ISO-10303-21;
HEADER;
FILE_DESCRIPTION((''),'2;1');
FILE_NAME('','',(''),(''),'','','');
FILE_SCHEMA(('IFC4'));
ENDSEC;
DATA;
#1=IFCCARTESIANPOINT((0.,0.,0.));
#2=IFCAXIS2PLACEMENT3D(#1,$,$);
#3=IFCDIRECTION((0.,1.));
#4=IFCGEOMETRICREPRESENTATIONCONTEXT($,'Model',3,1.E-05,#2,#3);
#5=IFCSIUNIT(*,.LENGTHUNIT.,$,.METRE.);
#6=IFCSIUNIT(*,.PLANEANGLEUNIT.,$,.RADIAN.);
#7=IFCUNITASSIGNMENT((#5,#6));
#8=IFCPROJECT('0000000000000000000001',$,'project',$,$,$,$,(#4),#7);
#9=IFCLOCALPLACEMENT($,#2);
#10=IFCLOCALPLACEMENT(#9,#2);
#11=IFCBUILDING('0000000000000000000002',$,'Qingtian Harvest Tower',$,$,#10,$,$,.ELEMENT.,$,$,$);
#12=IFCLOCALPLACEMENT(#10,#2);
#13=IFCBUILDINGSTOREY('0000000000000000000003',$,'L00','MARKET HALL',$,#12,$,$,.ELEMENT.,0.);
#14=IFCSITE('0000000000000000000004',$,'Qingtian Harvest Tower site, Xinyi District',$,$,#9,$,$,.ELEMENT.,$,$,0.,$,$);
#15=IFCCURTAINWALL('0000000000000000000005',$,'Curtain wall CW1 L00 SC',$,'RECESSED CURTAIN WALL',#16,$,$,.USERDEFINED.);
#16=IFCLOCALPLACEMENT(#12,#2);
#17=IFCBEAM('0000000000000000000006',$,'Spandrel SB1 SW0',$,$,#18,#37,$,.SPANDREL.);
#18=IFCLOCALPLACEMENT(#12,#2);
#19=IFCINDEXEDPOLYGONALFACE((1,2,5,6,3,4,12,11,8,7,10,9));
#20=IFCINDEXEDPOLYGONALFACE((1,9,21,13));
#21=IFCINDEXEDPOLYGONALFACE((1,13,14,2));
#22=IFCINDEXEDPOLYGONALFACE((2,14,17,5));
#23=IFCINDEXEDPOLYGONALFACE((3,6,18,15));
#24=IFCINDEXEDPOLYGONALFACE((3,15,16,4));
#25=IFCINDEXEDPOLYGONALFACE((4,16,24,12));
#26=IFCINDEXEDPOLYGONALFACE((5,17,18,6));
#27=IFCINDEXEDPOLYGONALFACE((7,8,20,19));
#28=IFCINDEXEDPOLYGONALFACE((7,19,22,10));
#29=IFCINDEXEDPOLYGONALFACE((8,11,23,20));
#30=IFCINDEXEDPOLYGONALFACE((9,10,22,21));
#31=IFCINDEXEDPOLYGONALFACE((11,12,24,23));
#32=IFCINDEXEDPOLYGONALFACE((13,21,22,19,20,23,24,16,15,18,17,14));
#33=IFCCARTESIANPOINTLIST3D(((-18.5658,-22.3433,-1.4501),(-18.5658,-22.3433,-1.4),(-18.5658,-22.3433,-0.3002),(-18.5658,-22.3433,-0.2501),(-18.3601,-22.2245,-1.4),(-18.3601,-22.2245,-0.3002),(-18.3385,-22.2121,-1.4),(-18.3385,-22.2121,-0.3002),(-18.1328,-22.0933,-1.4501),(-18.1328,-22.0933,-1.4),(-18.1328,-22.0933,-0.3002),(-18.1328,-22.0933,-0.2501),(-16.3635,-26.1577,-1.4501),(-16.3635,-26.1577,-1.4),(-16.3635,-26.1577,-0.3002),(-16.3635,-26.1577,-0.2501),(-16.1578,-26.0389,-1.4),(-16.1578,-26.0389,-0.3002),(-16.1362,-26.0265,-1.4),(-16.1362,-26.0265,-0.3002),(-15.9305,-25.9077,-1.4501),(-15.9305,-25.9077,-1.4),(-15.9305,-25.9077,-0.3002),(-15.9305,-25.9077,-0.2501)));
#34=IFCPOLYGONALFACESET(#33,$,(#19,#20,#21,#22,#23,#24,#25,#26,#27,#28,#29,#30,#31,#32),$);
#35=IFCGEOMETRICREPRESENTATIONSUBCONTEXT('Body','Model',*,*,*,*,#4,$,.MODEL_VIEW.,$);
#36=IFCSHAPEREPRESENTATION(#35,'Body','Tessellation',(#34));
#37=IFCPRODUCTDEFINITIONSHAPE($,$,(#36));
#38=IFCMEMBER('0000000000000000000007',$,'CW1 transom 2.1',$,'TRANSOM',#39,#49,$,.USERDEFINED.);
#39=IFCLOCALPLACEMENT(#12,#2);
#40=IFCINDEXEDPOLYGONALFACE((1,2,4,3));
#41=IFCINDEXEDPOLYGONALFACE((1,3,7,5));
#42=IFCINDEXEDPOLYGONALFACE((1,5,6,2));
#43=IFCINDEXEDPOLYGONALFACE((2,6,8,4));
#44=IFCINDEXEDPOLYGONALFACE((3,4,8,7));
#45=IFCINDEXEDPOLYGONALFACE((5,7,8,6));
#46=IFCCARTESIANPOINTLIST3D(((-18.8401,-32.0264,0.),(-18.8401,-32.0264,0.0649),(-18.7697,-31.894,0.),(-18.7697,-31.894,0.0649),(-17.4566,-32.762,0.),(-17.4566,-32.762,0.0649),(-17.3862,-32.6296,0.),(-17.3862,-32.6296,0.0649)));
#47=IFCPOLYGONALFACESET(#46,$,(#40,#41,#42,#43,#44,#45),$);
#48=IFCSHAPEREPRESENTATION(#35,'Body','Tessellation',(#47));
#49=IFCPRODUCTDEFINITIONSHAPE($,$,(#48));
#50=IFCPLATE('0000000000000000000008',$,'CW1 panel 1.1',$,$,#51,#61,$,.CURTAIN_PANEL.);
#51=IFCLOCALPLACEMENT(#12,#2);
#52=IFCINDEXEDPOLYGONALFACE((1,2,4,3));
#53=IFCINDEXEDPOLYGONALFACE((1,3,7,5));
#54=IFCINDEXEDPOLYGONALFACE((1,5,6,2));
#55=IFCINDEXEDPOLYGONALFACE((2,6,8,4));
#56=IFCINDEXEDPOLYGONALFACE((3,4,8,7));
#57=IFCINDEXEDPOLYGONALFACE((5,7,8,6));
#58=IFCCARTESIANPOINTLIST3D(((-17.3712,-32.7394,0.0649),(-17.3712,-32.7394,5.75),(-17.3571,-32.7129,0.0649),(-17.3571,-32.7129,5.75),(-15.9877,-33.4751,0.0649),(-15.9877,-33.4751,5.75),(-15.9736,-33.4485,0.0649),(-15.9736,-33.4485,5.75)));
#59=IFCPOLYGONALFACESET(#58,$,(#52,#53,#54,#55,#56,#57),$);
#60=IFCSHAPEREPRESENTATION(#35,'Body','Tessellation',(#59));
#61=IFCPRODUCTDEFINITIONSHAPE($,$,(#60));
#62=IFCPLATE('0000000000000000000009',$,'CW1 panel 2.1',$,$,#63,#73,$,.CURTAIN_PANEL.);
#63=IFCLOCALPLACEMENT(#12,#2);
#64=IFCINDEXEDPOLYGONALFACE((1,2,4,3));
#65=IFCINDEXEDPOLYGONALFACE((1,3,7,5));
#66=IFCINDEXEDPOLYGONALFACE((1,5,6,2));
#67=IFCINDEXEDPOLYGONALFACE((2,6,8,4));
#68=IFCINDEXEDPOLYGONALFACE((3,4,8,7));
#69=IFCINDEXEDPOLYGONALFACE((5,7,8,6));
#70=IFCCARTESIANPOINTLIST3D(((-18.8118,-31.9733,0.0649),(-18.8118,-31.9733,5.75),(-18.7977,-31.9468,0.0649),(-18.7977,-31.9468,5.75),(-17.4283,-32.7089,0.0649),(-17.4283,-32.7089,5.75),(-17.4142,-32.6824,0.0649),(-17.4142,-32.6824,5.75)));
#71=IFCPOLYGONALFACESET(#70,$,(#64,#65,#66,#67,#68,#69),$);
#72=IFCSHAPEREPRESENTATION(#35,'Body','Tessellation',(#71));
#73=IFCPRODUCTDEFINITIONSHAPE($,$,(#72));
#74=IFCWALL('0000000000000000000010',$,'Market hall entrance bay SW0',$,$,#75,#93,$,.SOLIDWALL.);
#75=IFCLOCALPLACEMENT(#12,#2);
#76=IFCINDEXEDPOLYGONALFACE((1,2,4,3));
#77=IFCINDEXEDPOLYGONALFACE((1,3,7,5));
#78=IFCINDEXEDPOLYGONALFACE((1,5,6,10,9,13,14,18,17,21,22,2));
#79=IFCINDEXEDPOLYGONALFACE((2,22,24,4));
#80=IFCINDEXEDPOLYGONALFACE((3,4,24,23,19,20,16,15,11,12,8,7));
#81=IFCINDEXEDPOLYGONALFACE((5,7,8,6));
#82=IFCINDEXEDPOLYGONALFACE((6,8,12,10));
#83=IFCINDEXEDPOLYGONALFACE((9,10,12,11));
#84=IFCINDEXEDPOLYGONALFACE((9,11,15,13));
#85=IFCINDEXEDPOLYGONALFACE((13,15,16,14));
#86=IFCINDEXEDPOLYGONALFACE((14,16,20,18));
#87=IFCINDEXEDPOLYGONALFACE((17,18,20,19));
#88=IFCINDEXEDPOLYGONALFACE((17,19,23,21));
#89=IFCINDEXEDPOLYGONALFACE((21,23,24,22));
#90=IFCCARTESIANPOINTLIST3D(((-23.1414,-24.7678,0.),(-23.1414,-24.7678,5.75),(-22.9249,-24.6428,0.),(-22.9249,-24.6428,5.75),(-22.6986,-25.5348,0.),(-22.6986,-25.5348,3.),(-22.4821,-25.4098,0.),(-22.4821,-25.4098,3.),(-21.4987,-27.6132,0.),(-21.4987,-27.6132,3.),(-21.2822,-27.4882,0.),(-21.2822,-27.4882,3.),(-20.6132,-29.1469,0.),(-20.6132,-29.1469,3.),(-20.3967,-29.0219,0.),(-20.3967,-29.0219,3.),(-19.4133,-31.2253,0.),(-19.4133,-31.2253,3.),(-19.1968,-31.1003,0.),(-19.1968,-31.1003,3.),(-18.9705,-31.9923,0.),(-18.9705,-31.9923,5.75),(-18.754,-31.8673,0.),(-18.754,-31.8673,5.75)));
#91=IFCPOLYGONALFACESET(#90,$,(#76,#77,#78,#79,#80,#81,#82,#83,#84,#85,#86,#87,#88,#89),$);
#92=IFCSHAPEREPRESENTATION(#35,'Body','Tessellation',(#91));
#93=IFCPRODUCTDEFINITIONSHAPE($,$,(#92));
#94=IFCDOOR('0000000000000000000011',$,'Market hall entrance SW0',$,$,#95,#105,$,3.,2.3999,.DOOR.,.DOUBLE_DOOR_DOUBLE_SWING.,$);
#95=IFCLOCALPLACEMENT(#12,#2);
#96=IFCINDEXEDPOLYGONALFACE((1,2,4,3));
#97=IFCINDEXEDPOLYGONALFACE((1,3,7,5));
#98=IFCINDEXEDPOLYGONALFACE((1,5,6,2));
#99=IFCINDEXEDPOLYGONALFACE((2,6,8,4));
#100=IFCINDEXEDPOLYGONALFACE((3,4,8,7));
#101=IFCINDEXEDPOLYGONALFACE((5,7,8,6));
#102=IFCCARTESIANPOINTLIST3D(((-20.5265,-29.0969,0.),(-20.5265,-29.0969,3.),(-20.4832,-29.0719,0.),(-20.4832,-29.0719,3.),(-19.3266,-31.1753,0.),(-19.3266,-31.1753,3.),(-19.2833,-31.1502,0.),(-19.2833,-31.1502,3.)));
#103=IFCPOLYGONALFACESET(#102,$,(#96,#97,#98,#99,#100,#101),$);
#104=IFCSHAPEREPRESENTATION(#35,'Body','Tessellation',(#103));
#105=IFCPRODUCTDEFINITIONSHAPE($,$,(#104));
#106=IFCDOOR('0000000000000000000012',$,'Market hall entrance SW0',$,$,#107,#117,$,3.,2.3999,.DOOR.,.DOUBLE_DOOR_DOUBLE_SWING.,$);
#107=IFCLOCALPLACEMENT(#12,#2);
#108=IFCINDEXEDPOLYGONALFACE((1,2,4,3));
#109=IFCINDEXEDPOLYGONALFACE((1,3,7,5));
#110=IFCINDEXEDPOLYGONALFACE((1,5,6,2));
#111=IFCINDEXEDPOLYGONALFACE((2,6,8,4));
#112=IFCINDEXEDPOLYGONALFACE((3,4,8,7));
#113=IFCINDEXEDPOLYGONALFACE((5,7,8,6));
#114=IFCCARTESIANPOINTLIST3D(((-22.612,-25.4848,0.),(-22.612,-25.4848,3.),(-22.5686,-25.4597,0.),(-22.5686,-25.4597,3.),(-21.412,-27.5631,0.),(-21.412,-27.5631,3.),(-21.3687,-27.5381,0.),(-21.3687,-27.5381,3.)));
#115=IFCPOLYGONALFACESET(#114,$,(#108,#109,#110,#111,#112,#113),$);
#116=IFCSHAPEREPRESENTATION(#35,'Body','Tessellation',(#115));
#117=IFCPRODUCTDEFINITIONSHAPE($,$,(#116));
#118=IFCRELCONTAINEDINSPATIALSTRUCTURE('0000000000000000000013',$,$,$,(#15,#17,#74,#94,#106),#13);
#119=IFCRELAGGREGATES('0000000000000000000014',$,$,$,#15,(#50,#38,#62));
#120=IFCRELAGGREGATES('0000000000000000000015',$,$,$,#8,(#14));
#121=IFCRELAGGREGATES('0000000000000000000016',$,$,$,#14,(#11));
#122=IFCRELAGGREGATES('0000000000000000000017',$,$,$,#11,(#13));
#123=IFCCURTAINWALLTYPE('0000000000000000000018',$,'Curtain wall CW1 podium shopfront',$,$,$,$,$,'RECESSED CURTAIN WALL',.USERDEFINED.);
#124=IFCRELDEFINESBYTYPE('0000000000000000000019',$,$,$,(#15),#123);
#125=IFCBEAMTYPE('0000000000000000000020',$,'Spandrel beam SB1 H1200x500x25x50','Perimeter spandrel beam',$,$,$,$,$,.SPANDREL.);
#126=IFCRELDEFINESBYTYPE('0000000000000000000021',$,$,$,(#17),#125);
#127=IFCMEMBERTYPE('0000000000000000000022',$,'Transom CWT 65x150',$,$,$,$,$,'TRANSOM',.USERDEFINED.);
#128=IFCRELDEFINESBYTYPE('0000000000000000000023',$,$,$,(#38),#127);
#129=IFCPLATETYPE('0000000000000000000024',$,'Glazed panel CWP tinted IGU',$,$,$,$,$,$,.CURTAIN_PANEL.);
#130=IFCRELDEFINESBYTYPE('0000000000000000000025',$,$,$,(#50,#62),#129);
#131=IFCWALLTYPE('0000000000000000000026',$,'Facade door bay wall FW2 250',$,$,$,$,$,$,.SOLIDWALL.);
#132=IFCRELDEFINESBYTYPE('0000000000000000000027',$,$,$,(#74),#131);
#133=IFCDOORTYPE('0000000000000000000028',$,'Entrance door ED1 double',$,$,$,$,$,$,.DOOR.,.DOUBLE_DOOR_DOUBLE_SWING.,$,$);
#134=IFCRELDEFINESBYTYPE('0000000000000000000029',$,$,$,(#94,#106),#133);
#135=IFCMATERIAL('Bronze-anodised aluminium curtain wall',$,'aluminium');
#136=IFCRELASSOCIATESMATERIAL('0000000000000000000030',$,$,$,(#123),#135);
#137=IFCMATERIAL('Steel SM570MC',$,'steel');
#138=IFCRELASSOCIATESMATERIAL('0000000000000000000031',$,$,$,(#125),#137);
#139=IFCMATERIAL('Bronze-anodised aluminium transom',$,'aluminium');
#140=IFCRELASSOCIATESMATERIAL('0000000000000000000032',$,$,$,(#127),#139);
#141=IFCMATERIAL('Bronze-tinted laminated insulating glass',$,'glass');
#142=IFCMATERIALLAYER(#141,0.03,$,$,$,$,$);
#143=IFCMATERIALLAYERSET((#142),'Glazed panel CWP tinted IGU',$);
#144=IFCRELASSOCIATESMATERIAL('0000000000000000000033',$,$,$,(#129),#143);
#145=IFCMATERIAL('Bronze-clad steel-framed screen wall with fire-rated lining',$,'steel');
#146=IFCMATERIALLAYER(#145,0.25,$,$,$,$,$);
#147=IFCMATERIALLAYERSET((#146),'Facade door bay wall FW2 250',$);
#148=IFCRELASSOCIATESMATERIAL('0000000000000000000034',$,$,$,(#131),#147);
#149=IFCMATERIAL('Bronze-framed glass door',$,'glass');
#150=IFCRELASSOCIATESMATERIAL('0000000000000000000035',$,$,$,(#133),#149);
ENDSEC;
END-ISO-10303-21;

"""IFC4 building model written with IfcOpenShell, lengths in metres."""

from ifc_helpers import new_model, si_unit, direction, frame, frame_2d, origin, origin_2d, place, context, subcontext, project, spatial, rectangle, i_section, extrude, material, layer, layer_set, material_profile, profile_set, type_object, element, fill, aggregate, save


model = new_model("IFC4")

# Units and contexts
model_context = context("Model", 3, precision=1e-05, world=origin(), true_north=direction((0.0, 1.0)))
body_context = subcontext(model_context, "Body", "Model", "MODEL_VIEW")
ifc_project = project(units=[si_unit("LENGTHUNIT", "METRE"), si_unit("PLANEANGLEUNIT", "RADIAN")], contexts=[model_context])

# Site, building, storey
site_placement = place(None, origin())
site = spatial("IfcSite", under=ifc_project, at=site_placement, Name="Qingtian Harvest Tower site, Xinyi District", CompositionType="ELEMENT", RefElevation=0.0)
building_placement = place(site_placement, origin())
building = spatial("IfcBuilding", under=site, at=building_placement, Name="Qingtian Harvest Tower", CompositionType="ELEMENT")
storey_placement = place(building_placement, origin())
storey = spatial("IfcBuildingStorey", under=building, at=storey_placement, Name="L00", Description="MARKET HALL", CompositionType="ELEMENT", Elevation=0.0)

# Curtain wall
ifc_material_1 = material(Name="Bronze-anodised aluminium curtain wall", Category="aluminium")
curtain_wall_type = type_object("IfcCurtainWallType", Name="Curtain wall CW1 podium shopfront", ElementType="RECESSED CURTAIN WALL", PredefinedType="USERDEFINED", material=ifc_material_1)
curtain_wall_placement = place(storey_placement, origin())
curtain_wall = element("IfcCurtainWall", 1, at=curtain_wall_placement, inside=storey, type_object=curtain_wall_type, Name="Curtain wall CW1 L00 SC", ObjectType="RECESSED CURTAIN WALL", PredefinedType="USERDEFINED")

# Beam
ifc_material_2 = material(Name="Steel SM570MC", Category="steel")
ifc_material_profile_1 = material_profile(ifc_material_2, i_section(OverallWidth=0.5, OverallDepth=1.2, WebThickness=0.0249, FlangeThickness=0.05, at=origin_2d()), Name="H1200x500x25x50")
ifc_profile_set_1 = profile_set([ifc_material_profile_1], Name="Steel SM570MC")
beam_type_1 = type_object("IfcBeamType", Name="Spandrel beam SB1 H1200x500x25x50", Description="Perimeter spandrel beam", PredefinedType="SPANDREL", material=ifc_profile_set_1)
beam_1_placement = place(storey_placement, frame((-16.147, -26.0327, -0.8501), z_axis=(-0.50002, 0.866014, 0.0), x_axis=(-0.866014, -0.50002, 0.0)))
element("IfcBeam", 2, at=beam_1_placement, inside=storey, type_object=beam_type_1, Name="Spandrel SB1 SW0", PredefinedType="SPANDREL", context=body_context, shape_type="SweptSolid", body=[
    extrude(i_section(OverallWidth=0.5, OverallDepth=1.2, WebThickness=0.0249, FlangeThickness=0.05, at=origin_2d()), origin(), (0.0, 0.0, 1.0), 4.4045),
])

# Member
ifc_material_3 = material(Name="Bronze-anodised aluminium transom", Category="aluminium")
ifc_material_profile_2 = material_profile(ifc_material_3, rectangle(XDim=0.1499, YDim=0.0649, at=origin_2d()), Name="AL 65x150")
ifc_profile_set_2 = profile_set([ifc_material_profile_2], Name="Bronze-anodised aluminium transom")
member_type_1 = type_object("IfcMemberType", Name="Transom CWT 65x150", ElementType="TRANSOM", PredefinedType="USERDEFINED", material=ifc_profile_set_2)
member_1_placement = place(storey_placement, frame((-17.4214, -32.6958, 0.0325), z_axis=(-0.88296, 0.469448, 0.0), x_axis=(-0.469448, -0.88296, 0.0)))
member_1 = element("IfcMember", 3, at=member_1_placement, type_object=member_type_1, Name="CW1 transom 2.1", ObjectType="TRANSOM", PredefinedType="USERDEFINED", context=body_context, shape_type="SweptSolid", body=[
    extrude(rectangle(XDim=0.1499, YDim=0.0649, at=origin_2d()), origin(), (0.0, 0.0, 1.0), 1.5669),
])

# Plates
ifc_material_4 = material(Name="Bronze-tinted laminated insulating glass", Category="glass")
ifc_layer_1 = layer(ifc_material_4, 0.03)
ifc_layer_set_1 = layer_set([ifc_layer_1], Name="Glazed panel CWP tinted IGU")
plate_type = type_object("IfcPlateType", Name="Glazed panel CWP tinted IGU", PredefinedType="CURTAIN_PANEL", material=ifc_layer_set_1)
plate_1_placement = place(storey_placement, frame((-16.6724, -33.094, 0.0649), z_axis=(0.0, 0.0, 1.0), x_axis=(-0.882948, 0.469472, 0.0)))
plate_1 = element("IfcPlate", 4, at=plate_1_placement, type_object=plate_type, Name="CW1 panel 1.1", PredefinedType="CURTAIN_PANEL", context=body_context, shape_type="SweptSolid", body=[
    extrude(rectangle(XDim=1.5669, YDim=0.03, at=origin_2d()), origin(), (0.0, 0.0, 1.0), 5.6851),
])
plate_2_placement = place(storey_placement, frame((-18.113, -32.3279, 0.0649), z_axis=(0.0, 0.0, 1.0), x_axis=(-0.882948, 0.469472, 0.0)))
plate_2 = element("IfcPlate", 5, at=plate_2_placement, type_object=plate_type, Name="CW1 panel 2.1", PredefinedType="CURTAIN_PANEL", context=body_context, shape_type="SweptSolid", body=[
    extrude(rectangle(XDim=1.5669, YDim=0.03, at=origin_2d()), origin(), (0.0, 0.0, 1.0), 5.6851),
])
aggregate(curtain_wall, [plate_1, member_1, plate_2])

# Wall, openings, doors
ifc_material_5 = material(Name="Bronze-clad steel-framed screen wall with fire-rated lining", Category="steel")
ifc_layer_2 = layer(ifc_material_5, 0.25)
ifc_layer_set_2 = layer_set([ifc_layer_2], Name="Facade door bay wall FW2 250")
wall_type = type_object("IfcWallType", Name="Facade door bay wall FW2 250", PredefinedType="SOLIDWALL", material=ifc_layer_set_2)
wall_placement = place(storey_placement, frame((-18.8623, -31.9297, 0.0), z_axis=(0.0, 0.0, 1.0), x_axis=(-0.499992, 0.86603, 0.0)))
wall = element("IfcWall", 6, at=wall_placement, inside=storey, type_object=wall_type, Name="Market hall entrance bay SW0", PredefinedType="SOLIDWALL", context=body_context, shape_type="SweptSolid", body=[
    extrude(rectangle(XDim=8.342, YDim=0.25, at=frame_2d((4.1709, 0.0))), origin(), (0.0, 0.0, 1.0), 5.75),
])
opening_1_placement = place(wall_placement, frame((0.8855, 0.0, 0.0)))
opening_1 = element("IfcOpeningElement", 7, at=opening_1_placement, cuts=wall, PredefinedType="OPENING", context=body_context, shape_type="SweptSolid", body=[
    extrude(rectangle(XDim=2.3999, YDim=3.0, at=frame_2d((1.2, 1.5))), frame((0.0, 0.135, 0.0), z_axis=(0.0, -1.0, 0.0), x_axis=(1.0, 0.0, 0.0)), (0.0, 0.0, 1.0), 0.27),
])
opening_2_placement = place(wall_placement, frame((5.0564, 0.0, 0.0)))
opening_2 = element("IfcOpeningElement", 8, at=opening_2_placement, cuts=wall, PredefinedType="OPENING", context=body_context, shape_type="SweptSolid", body=[
    extrude(rectangle(XDim=2.3999, YDim=3.0, at=frame_2d((1.2, 1.5))), frame((0.0, 0.135, 0.0), z_axis=(0.0, -1.0, 0.0), x_axis=(1.0, 0.0, 0.0)), (0.0, 0.0, 1.0), 0.27),
])
ifc_material_6 = material(Name="Bronze-framed glass door", Category="glass")
door_type = type_object("IfcDoorType", Name="Entrance door ED1 double", OperationType="DOUBLE_DOOR_DOUBLE_SWING", PredefinedType="DOOR", material=ifc_material_6)
door_1_placement = place(opening_1_placement, origin())
door_1 = element("IfcDoor", 9, at=door_1_placement, inside=storey, type_object=door_type, Name="Market hall entrance SW0", OperationType="DOUBLE_DOOR_DOUBLE_SWING", OverallHeight=3.0, OverallWidth=2.3999, PredefinedType="DOOR", context=body_context, shape_type="SweptSolid", body=[
    extrude(rectangle(XDim=2.3999, YDim=3.0, at=frame_2d((1.2, 1.5))), frame((0.0, 0.0249, 0.0), z_axis=(0.0, -1.0, 0.0), x_axis=(1.0, 0.0, 0.0)), (0.0, 0.0, 1.0), 0.05),
])
fill(opening_1, door_1)
door_2_placement = place(opening_2_placement, origin())
door_2 = element("IfcDoor", 10, at=door_2_placement, inside=storey, type_object=door_type, Name="Market hall entrance SW0", OperationType="DOUBLE_DOOR_DOUBLE_SWING", OverallHeight=3.0, OverallWidth=2.3999, PredefinedType="DOOR", context=body_context, shape_type="SweptSolid", body=[
    extrude(rectangle(XDim=2.3999, YDim=3.0, at=frame_2d((1.2, 1.5))), frame((0.0, 0.0249, 0.0), z_axis=(0.0, -1.0, 0.0), x_axis=(1.0, 0.0, 0.0)), (0.0, 0.0, 1.0), 0.05),
])
fill(opening_2, door_2)

save(model, "model.ifc")
